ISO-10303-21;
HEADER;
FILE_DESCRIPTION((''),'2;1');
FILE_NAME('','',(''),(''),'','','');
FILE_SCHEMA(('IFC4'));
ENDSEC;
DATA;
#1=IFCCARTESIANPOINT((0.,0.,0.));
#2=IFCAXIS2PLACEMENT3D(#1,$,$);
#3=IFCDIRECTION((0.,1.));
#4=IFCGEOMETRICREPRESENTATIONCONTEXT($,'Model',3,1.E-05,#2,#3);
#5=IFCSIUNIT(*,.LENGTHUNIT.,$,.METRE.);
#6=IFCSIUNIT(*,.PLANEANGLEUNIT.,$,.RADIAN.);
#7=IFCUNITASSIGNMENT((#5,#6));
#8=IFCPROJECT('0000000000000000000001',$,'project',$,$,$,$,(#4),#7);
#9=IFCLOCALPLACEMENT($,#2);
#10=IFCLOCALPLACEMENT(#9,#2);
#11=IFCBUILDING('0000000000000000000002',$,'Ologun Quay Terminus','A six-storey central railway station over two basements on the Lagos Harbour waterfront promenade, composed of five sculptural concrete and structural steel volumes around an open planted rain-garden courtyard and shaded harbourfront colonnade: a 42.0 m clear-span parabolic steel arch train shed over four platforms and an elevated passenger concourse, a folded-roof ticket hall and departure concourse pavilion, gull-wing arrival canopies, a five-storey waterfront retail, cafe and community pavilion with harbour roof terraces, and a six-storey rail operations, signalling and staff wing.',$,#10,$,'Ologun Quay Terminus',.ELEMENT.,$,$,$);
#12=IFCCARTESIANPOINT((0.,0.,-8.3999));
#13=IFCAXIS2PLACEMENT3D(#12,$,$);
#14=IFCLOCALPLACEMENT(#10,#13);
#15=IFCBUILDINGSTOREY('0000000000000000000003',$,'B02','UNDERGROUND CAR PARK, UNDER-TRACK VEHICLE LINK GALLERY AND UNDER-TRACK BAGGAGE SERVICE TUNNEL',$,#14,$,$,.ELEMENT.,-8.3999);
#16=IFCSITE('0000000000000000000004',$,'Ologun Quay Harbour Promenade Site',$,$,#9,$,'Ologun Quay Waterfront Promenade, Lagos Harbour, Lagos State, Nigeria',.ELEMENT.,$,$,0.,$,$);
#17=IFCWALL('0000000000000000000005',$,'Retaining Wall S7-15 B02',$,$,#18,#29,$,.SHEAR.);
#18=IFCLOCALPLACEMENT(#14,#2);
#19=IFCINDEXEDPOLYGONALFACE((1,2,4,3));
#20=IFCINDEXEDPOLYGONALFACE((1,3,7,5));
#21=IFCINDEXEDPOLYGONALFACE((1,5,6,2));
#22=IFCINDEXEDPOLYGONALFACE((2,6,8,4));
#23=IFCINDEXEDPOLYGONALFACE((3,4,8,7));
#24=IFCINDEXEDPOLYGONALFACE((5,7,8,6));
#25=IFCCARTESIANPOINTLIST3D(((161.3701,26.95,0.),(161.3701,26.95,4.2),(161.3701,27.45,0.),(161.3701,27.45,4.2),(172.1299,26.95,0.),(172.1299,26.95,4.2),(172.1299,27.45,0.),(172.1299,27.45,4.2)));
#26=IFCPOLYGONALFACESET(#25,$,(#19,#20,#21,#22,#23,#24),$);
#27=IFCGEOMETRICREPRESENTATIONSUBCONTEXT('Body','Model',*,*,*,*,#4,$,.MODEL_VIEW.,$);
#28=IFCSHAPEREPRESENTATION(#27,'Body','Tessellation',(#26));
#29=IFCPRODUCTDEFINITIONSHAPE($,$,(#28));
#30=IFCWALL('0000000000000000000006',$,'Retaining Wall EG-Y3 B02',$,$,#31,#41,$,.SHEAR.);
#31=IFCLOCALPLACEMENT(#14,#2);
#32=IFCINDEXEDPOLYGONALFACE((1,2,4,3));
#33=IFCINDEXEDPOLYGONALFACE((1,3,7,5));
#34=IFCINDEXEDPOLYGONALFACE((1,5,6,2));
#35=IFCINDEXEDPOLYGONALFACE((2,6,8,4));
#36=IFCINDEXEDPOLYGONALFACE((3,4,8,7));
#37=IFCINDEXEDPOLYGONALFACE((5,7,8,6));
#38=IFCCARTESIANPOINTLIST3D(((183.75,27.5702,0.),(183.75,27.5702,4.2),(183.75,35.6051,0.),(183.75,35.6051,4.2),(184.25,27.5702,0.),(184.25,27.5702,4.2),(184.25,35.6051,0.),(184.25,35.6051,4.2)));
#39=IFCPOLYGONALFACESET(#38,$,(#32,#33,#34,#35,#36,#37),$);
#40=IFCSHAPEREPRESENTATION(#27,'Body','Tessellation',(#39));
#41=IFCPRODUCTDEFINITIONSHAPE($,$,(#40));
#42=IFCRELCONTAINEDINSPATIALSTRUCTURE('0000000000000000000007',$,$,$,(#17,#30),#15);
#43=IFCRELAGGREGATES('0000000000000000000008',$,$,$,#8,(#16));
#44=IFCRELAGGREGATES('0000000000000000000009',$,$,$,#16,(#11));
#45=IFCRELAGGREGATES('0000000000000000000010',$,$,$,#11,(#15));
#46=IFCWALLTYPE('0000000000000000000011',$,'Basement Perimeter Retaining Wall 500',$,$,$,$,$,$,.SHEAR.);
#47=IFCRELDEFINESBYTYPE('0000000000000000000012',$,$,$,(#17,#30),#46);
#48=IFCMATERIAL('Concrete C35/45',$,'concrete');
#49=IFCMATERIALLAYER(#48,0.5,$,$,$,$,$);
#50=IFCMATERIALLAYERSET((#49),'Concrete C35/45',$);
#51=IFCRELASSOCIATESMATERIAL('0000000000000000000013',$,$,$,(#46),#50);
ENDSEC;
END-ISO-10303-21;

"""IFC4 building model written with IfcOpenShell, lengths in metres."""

from ifc_helpers import new_model, si_unit, direction, frame, frame_2d, origin, place, context, subcontext, project, spatial, rectangle, extrude, material, layer, layer_set, type_object, element, save


model = new_model("IFC4")

# Units and contexts
model_context = context("Model", 3, precision=1e-05, world=origin(), true_north=direction((0.0, 1.0)))
body_context = subcontext(model_context, "Body", "Model", "MODEL_VIEW")
ifc_project = project(units=[si_unit("LENGTHUNIT", "METRE"), si_unit("PLANEANGLEUNIT", "RADIAN")], contexts=[model_context])

# Site, building, storey
site_placement = place(None, origin())
site = spatial("IfcSite", under=ifc_project, at=site_placement, Name="Ologun Quay Harbour Promenade Site", LongName="Ologun Quay Waterfront Promenade, Lagos Harbour, Lagos State, Nigeria", CompositionType="ELEMENT", RefElevation=0.0)
building_placement = place(site_placement, origin())
building = spatial("IfcBuilding", under=site, at=building_placement, Name="Ologun Quay Terminus", Description="A six-storey central railway station over two basements on the Lagos Harbour waterfront promenade, composed of five sculptural concrete and structural steel volumes around an open planted rain-garden courtyard and shaded harbourfront colonnade: a 42.0 m clear-span parabolic steel arch train shed over four platforms and an elevated passenger concourse, a folded-roof ticket hall and departure concourse pavilion, gull-wing arrival canopies, a five-storey waterfront retail, cafe and community pavilion with harbour roof terraces, and a six-storey rail operations, signalling and staff wing.", LongName="Ologun Quay Terminus", CompositionType="ELEMENT")
storey_placement = place(building_placement, frame((0.0, 0.0, -8.3999)))
storey = spatial("IfcBuildingStorey", under=building, at=storey_placement, Name="B02", Description="UNDERGROUND CAR PARK, UNDER-TRACK VEHICLE LINK GALLERY AND UNDER-TRACK BAGGAGE SERVICE TUNNEL", CompositionType="ELEMENT", Elevation=-8.3999)

# Walls
ifc_material_1 = material(Name="Concrete C35/45", Category="concrete")
ifc_layer = layer(ifc_material_1, 0.5)
ifc_layer_set = layer_set([ifc_layer], Name="Concrete C35/45")
wall_type = type_object("IfcWallType", Name="Basement Perimeter Retaining Wall 500", PredefinedType="SHEAR", material=ifc_layer_set)
wall_1_placement = place(storey_placement, frame((161.3701, 27.2, 0.0), z_axis=(0.0, 0.0, 1.0), x_axis=(1.0, 0.0, 0.0)))
element("IfcWall", 1, at=wall_1_placement, inside=storey, type_object=wall_type, Name="Retaining Wall S7-15 B02", PredefinedType="SHEAR", context=body_context, shape_type="SweptSolid", body=[
    extrude(rectangle(XDim=10.7598, YDim=0.5, at=frame_2d((5.3799, 0.0))), origin(), (0.0, 0.0, 1.0), 4.2),
])
wall_2_placement = place(storey_placement, frame((184.0, 27.5701, 0.0), z_axis=(0.0, 0.0, 1.0), x_axis=(0.0, 1.0, 0.0)))
element("IfcWall", 2, at=wall_2_placement, inside=storey, type_object=wall_type, Name="Retaining Wall EG-Y3 B02", PredefinedType="SHEAR", context=body_context, shape_type="SweptSolid", body=[
    extrude(rectangle(XDim=8.0349, YDim=0.5, at=frame_2d((4.0176, 0.0))), origin(), (0.0, 0.0, 1.0), 4.2),
])

save(model, "model.ifc")
